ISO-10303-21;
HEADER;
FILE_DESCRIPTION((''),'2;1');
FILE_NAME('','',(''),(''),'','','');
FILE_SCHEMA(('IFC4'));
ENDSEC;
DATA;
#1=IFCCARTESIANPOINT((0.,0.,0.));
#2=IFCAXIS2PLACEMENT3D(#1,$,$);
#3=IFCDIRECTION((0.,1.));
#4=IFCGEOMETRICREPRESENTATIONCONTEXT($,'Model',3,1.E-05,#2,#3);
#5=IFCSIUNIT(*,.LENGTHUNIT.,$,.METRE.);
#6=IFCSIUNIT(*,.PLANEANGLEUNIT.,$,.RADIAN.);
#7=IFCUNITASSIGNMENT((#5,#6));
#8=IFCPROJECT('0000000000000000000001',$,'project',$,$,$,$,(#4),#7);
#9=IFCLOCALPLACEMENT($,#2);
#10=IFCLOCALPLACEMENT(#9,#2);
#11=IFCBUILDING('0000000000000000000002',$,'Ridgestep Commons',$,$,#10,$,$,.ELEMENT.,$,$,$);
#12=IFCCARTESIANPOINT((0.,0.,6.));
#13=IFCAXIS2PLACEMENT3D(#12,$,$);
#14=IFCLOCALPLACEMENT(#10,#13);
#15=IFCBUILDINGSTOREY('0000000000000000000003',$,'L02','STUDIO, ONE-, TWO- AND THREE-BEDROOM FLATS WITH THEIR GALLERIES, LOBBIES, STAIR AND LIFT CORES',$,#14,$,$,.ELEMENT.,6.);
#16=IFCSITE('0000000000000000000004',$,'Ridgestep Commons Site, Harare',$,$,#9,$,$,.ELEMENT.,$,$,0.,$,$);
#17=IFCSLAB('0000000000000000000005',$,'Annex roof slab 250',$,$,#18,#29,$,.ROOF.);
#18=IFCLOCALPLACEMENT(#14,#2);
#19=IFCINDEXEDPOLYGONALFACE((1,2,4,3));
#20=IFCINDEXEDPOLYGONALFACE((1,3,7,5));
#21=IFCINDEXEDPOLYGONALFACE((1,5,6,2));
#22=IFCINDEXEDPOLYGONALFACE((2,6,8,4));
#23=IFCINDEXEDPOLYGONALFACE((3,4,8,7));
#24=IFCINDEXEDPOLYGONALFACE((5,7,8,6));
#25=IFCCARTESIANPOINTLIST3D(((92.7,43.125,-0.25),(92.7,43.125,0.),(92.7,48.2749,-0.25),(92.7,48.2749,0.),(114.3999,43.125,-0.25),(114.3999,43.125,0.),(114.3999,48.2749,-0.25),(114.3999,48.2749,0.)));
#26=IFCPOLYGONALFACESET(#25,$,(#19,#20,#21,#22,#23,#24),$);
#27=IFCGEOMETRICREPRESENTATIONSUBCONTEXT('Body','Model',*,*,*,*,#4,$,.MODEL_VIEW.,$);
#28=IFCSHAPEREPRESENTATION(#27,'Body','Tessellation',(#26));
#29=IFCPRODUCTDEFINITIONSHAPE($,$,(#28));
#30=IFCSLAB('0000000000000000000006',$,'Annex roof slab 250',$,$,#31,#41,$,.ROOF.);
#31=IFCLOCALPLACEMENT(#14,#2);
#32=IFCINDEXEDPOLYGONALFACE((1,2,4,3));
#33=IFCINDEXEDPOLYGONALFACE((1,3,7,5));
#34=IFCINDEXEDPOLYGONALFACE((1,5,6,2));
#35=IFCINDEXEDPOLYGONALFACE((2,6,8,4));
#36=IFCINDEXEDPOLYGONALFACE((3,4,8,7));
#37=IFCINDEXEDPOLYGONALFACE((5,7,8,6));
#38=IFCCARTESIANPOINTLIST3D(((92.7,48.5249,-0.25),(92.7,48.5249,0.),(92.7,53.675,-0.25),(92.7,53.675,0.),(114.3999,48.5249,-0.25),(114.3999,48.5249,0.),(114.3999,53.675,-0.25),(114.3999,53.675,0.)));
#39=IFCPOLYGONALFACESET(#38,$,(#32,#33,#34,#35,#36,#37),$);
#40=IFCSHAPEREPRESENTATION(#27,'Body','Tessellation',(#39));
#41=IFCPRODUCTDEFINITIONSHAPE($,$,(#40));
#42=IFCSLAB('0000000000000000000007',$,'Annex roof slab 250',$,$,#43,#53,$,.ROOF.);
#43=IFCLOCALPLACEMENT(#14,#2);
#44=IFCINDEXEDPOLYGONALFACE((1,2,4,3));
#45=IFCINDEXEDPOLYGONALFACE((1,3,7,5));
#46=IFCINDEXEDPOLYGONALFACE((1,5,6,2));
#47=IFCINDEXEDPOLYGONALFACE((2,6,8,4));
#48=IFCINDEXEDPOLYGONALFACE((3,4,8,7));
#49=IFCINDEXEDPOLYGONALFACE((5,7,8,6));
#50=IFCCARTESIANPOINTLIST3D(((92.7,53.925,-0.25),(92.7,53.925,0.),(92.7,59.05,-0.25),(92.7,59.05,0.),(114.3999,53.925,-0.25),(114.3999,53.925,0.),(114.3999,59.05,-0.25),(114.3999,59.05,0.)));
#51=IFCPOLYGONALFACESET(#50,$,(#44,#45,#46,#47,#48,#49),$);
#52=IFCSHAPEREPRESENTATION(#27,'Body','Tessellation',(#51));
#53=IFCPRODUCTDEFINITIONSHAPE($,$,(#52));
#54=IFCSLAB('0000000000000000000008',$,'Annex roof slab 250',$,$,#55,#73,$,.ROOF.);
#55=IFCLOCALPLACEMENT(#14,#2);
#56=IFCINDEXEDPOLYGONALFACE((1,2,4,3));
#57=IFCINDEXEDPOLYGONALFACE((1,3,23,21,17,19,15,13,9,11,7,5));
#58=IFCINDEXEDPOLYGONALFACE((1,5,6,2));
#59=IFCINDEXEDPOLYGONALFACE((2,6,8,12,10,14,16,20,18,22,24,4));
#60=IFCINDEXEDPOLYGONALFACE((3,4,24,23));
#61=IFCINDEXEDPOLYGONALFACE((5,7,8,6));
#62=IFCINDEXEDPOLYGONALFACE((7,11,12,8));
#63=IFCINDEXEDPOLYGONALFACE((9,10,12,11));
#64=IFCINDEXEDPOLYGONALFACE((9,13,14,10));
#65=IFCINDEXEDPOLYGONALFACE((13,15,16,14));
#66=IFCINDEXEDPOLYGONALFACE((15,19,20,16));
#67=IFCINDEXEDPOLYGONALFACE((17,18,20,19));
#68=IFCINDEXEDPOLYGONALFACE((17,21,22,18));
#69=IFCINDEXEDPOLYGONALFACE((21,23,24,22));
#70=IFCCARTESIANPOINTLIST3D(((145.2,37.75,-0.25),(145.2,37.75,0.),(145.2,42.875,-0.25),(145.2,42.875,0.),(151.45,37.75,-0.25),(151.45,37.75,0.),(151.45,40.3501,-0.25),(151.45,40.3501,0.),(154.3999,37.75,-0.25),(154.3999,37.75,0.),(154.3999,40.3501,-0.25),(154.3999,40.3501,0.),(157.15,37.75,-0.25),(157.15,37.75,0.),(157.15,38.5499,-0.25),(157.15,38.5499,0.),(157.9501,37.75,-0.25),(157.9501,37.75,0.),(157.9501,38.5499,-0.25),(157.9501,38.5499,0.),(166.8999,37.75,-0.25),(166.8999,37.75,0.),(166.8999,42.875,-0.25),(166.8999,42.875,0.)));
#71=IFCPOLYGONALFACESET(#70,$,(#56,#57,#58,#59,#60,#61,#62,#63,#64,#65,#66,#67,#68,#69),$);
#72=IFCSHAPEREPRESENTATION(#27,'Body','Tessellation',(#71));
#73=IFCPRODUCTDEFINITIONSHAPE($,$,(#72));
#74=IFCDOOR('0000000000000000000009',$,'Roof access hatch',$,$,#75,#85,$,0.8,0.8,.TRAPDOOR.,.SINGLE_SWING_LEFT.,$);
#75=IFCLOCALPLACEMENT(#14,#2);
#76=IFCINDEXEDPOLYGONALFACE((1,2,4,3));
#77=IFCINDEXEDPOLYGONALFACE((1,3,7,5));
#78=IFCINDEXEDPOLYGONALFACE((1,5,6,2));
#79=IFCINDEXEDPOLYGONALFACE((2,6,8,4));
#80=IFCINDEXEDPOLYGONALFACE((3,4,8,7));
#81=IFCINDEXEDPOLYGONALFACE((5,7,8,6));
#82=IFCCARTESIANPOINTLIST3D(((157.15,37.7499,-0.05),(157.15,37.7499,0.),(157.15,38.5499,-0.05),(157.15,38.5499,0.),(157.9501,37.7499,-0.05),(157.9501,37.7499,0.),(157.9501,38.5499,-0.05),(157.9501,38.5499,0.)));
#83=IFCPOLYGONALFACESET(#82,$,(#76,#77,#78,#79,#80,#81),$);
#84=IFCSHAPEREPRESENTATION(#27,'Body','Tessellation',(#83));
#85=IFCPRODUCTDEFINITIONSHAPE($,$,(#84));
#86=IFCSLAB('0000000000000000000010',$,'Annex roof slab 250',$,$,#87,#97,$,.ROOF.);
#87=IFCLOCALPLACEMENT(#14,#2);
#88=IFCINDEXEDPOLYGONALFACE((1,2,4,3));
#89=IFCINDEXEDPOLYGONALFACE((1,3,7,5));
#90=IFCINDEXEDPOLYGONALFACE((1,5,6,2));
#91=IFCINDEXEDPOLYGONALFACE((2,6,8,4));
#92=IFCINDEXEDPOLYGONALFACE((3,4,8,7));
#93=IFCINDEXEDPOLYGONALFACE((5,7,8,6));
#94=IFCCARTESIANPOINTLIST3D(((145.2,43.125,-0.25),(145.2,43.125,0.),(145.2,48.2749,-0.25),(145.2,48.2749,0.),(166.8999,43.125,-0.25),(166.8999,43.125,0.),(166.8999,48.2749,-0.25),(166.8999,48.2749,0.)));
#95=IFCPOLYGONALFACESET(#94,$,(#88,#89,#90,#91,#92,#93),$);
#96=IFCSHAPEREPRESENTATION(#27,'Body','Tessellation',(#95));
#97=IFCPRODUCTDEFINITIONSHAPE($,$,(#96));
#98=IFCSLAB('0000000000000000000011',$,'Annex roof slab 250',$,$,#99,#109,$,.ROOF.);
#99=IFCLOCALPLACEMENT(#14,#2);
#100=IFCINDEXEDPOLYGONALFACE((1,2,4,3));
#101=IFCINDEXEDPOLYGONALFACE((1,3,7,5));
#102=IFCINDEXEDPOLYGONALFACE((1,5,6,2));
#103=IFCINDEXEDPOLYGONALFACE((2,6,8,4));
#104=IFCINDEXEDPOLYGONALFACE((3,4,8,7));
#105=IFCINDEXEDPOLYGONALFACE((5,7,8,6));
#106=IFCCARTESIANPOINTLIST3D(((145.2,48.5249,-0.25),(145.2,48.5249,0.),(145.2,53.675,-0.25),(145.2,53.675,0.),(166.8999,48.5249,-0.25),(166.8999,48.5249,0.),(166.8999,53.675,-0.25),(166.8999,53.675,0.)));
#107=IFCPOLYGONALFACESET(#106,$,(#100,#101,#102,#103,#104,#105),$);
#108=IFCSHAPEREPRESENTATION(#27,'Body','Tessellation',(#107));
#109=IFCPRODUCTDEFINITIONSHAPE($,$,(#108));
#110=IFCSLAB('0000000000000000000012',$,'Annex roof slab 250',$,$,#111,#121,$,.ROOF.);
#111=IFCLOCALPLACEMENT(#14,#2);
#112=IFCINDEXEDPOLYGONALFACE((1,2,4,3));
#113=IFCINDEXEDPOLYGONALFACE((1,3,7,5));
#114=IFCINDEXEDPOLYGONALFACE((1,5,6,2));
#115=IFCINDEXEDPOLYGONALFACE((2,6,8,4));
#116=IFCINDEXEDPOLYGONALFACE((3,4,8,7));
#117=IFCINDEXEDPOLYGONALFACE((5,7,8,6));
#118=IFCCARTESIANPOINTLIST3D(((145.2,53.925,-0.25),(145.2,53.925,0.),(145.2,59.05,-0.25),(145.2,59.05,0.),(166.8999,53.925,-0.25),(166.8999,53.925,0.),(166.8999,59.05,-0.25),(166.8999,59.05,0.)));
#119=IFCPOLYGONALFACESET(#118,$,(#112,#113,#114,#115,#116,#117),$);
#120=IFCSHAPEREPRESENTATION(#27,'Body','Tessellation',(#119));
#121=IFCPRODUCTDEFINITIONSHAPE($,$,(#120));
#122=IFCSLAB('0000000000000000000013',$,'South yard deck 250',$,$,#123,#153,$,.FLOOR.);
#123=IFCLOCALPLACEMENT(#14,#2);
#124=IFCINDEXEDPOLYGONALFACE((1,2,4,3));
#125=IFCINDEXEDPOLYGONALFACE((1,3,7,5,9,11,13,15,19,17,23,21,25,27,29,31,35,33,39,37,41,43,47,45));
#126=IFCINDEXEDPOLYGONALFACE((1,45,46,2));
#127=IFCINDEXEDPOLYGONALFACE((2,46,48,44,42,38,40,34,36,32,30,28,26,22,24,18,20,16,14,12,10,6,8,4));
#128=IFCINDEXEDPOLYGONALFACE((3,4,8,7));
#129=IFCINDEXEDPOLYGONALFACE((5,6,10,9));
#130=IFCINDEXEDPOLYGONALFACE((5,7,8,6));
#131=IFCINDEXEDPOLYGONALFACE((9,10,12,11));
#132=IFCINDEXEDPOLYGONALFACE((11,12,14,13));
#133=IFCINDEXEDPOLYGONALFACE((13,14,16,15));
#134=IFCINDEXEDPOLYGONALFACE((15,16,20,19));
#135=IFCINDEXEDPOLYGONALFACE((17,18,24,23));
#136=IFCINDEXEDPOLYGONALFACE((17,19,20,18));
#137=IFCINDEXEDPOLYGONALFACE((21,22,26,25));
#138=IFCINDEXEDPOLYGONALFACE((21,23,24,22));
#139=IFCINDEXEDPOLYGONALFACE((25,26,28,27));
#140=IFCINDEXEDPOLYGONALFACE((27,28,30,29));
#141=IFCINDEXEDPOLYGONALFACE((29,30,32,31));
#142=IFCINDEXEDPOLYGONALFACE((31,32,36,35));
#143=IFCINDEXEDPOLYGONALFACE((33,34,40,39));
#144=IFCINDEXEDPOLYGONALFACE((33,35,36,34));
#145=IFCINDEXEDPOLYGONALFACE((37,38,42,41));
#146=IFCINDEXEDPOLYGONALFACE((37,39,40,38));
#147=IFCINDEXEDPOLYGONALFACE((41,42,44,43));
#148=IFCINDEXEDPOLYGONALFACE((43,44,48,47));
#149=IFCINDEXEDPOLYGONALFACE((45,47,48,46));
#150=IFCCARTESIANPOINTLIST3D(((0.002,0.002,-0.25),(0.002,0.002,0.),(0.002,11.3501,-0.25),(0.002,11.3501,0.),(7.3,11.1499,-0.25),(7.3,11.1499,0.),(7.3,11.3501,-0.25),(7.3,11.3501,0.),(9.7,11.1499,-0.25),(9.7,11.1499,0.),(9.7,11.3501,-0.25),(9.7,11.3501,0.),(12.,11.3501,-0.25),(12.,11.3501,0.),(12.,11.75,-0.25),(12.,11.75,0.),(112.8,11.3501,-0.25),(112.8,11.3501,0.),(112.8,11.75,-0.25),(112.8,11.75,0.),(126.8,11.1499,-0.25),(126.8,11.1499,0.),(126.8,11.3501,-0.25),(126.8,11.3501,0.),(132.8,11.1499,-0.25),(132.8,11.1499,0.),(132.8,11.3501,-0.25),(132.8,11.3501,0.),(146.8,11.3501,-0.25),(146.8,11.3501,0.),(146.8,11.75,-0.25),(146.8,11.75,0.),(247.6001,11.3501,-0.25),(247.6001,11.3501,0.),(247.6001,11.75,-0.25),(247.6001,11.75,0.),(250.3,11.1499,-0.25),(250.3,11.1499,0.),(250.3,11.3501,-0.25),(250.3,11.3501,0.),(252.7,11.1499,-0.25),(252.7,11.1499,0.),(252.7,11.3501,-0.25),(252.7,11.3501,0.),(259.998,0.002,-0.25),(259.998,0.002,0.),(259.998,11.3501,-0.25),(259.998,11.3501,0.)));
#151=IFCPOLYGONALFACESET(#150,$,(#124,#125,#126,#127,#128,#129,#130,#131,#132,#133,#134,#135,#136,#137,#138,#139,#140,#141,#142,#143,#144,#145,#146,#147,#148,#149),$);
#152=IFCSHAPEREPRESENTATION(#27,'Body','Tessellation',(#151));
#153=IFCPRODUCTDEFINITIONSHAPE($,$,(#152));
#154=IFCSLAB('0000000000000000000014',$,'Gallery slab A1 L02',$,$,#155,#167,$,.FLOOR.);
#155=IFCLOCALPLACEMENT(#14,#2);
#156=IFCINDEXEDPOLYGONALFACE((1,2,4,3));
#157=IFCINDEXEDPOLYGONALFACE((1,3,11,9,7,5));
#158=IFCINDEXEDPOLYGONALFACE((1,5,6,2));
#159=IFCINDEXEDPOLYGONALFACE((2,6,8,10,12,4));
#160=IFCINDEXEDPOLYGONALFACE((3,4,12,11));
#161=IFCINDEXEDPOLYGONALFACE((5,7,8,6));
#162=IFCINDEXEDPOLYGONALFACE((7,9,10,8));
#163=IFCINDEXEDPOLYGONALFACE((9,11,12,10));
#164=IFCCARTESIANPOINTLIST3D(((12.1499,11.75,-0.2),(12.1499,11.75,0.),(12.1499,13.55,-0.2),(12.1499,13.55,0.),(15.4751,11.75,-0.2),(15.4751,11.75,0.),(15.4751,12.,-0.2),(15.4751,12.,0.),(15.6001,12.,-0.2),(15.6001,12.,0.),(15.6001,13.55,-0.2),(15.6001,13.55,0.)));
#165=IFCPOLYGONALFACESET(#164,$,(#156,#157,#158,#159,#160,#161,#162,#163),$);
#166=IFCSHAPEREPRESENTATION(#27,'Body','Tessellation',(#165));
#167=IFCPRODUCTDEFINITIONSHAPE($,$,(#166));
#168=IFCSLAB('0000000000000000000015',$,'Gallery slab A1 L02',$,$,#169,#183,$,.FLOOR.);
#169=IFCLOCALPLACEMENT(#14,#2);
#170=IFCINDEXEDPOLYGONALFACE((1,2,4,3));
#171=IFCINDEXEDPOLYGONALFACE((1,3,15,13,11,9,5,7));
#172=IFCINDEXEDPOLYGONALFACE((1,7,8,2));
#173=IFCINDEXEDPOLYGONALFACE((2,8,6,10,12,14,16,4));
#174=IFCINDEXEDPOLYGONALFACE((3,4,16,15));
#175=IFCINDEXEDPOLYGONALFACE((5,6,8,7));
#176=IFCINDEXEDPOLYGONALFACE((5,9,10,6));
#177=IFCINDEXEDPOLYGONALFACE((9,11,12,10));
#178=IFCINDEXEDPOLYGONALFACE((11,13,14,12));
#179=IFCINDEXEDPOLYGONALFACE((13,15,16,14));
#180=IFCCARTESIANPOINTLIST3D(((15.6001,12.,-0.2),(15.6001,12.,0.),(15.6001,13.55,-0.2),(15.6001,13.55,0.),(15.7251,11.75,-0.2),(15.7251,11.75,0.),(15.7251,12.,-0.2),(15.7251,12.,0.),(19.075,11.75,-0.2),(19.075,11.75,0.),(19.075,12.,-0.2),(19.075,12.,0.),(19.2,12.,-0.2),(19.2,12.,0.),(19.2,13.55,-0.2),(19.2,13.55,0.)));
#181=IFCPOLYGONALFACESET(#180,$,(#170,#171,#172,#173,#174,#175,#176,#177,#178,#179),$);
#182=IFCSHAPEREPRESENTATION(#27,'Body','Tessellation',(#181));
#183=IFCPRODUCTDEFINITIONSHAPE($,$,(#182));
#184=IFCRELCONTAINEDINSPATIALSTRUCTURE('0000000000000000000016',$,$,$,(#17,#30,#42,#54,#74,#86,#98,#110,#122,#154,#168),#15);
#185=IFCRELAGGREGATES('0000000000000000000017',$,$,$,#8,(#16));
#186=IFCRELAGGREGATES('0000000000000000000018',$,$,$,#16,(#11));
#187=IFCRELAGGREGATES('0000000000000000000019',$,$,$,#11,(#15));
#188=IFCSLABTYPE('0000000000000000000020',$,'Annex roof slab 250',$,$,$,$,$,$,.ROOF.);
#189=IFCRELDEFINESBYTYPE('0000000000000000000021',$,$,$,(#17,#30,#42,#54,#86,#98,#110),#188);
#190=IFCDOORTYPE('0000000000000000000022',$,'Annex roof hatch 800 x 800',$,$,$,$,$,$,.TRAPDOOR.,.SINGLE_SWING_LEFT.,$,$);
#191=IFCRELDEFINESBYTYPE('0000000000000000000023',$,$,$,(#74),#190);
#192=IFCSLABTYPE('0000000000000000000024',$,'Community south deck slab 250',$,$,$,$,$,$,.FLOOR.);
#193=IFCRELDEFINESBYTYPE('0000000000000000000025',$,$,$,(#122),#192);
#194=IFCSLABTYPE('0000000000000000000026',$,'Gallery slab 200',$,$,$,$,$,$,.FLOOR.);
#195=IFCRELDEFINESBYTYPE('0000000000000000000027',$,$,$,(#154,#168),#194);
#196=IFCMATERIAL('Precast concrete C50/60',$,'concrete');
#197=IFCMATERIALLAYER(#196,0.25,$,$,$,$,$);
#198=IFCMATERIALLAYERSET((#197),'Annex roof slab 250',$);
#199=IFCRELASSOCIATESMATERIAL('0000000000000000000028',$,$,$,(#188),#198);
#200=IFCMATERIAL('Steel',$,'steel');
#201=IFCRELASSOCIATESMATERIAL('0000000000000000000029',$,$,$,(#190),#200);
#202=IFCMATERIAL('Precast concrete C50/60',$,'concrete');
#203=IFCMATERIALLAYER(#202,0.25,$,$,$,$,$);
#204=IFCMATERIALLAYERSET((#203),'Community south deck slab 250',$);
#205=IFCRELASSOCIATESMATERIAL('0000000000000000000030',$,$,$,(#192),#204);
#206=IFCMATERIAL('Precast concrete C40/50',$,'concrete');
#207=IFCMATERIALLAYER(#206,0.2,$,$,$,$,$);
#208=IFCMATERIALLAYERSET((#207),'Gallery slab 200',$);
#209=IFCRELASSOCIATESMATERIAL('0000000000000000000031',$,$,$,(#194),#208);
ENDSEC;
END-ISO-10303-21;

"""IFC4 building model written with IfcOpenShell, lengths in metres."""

from ifc_helpers import new_model, si_unit, direction, frame, origin, origin_2d, place, context, subcontext, project, spatial, polyline, rectangle, outline, extrude, material, layer, layer_set, type_object, element, fill, save


model = new_model("IFC4")

# Units and contexts
model_context = context("Model", 3, precision=1e-05, world=origin(), true_north=direction((0.0, 1.0)))
body_context = subcontext(model_context, "Body", "Model", "MODEL_VIEW")
ifc_project = project(units=[si_unit("LENGTHUNIT", "METRE"), si_unit("PLANEANGLEUNIT", "RADIAN")], contexts=[model_context])

# Site, building, storey
site_placement = place(None, origin())
site = spatial("IfcSite", under=ifc_project, at=site_placement, Name="Ridgestep Commons Site, Harare", CompositionType="ELEMENT", RefElevation=0.0)
building_placement = place(site_placement, origin())
building = spatial("IfcBuilding", under=site, at=building_placement, Name="Ridgestep Commons", CompositionType="ELEMENT")
storey_placement = place(building_placement, frame((0.0, 0.0, 6.0)))
storey = spatial("IfcBuildingStorey", under=building, at=storey_placement, Name="L02", Description="STUDIO, ONE-, TWO- AND THREE-BEDROOM FLATS WITH THEIR GALLERIES, LOBBIES, STAIR AND LIFT CORES", CompositionType="ELEMENT", Elevation=6.0)

# Slabs
ifc_material_1 = material(Name="Precast concrete C50/60", Category="concrete")
ifc_layer_1 = layer(ifc_material_1, 0.25)
ifc_layer_set_1 = layer_set([ifc_layer_1], Name="Annex roof slab 250")
slab_type_1 = type_object("IfcSlabType", Name="Annex roof slab 250", PredefinedType="ROOF", material=ifc_layer_set_1)
slab_1_placement = place(storey_placement, frame((0.0, 0.0, -0.25)))
element("IfcSlab", 1, at=slab_1_placement, inside=storey, type_object=slab_type_1, Name="Annex roof slab 250", PredefinedType="ROOF", context=body_context, shape_type="SweptSolid", body=[
    extrude(outline(polyline([(92.7, 43.125), (114.3999, 43.125), (114.3999, 48.2749), (92.7, 48.2749), (92.7, 43.125)])), origin(), (0.0, 0.0, 1.0), 0.25),
])
slab_2_placement = place(storey_placement, frame((0.0, 0.0, -0.25)))
element("IfcSlab", 2, at=slab_2_placement, inside=storey, type_object=slab_type_1, Name="Annex roof slab 250", PredefinedType="ROOF", context=body_context, shape_type="SweptSolid", body=[
    extrude(outline(polyline([(92.7, 48.5249), (114.3999, 48.5249), (114.3999, 53.675), (92.7, 53.675), (92.7, 48.5249)])), origin(), (0.0, 0.0, 1.0), 0.25),
])
slab_3_placement = place(storey_placement, frame((0.0, 0.0, -0.25)))
element("IfcSlab", 3, at=slab_3_placement, inside=storey, type_object=slab_type_1, Name="Annex roof slab 250", PredefinedType="ROOF", context=body_context, shape_type="SweptSolid", body=[
    extrude(outline(polyline([(92.7, 53.925), (114.3999, 53.925), (114.3999, 59.05), (92.7, 59.05), (92.7, 53.925)])), origin(), (0.0, 0.0, 1.0), 0.25),
])

# Slab, opening, door
slab_4_placement = place(storey_placement, frame((0.0, 0.0, -0.25)))
slab_4 = element("IfcSlab", 4, at=slab_4_placement, inside=storey, type_object=slab_type_1, Name="Annex roof slab 250", PredefinedType="ROOF", context=body_context, shape_type="SweptSolid", body=[
    extrude(outline(polyline([(145.2, 37.75), (145.2, 42.875), (166.8999, 42.875), (166.8999, 37.75), (154.3999, 37.75), (154.3999, 40.3501), (151.45, 40.3501), (151.45, 37.75), (145.2, 37.75)])), origin(), (0.0, 0.0, 1.0), 0.25),
])
opening_placement = place(slab_4_placement, frame((157.55, 38.1499, 0.0)))
opening = element("IfcOpeningElement", 5, at=opening_placement, cuts=slab_4, PredefinedType="OPENING", context=body_context, shape_type="SweptSolid", body=[
    extrude(rectangle(XDim=0.8, YDim=0.8, at=origin_2d()), origin(), (0.0, 0.0, 1.0), 0.25),
])
ifc_material_2 = material(Name="Steel", Category="steel")
door_type = type_object("IfcDoorType", Name="Annex roof hatch 800 x 800", OperationType="SINGLE_SWING_LEFT", PredefinedType="TRAPDOOR", material=ifc_material_2)
door_placement = place(opening_placement, frame((0.0, 0.0, 0.2)))
door = element("IfcDoor", 6, at=door_placement, inside=storey, type_object=door_type, Name="Roof access hatch", OperationType="SINGLE_SWING_LEFT", OverallHeight=0.8, OverallWidth=0.8, PredefinedType="TRAPDOOR", context=body_context, shape_type="SweptSolid", body=[
    extrude(rectangle(XDim=0.8, YDim=0.8, at=origin_2d()), origin(), (0.0, 0.0, 1.0), 0.05),
])
fill(opening, door)

# Slabs
slab_5_placement = place(storey_placement, frame((0.0, 0.0, -0.25)))
element("IfcSlab", 7, at=slab_5_placement, inside=storey, type_object=slab_type_1, Name="Annex roof slab 250", PredefinedType="ROOF", context=body_context, shape_type="SweptSolid", body=[
    extrude(outline(polyline([(145.2, 43.125), (166.8999, 43.125), (166.8999, 48.2749), (145.2, 48.2749), (145.2, 43.125)])), origin(), (0.0, 0.0, 1.0), 0.25),
])
slab_6_placement = place(storey_placement, frame((0.0, 0.0, -0.25)))
element("IfcSlab", 8, at=slab_6_placement, inside=storey, type_object=slab_type_1, Name="Annex roof slab 250", PredefinedType="ROOF", context=body_context, shape_type="SweptSolid", body=[
    extrude(outline(polyline([(145.2, 48.5249), (166.8999, 48.5249), (166.8999, 53.675), (145.2, 53.675), (145.2, 48.5249)])), origin(), (0.0, 0.0, 1.0), 0.25),
])
slab_7_placement = place(storey_placement, frame((0.0, 0.0, -0.25)))
element("IfcSlab", 9, at=slab_7_placement, inside=storey, type_object=slab_type_1, Name="Annex roof slab 250", PredefinedType="ROOF", context=body_context, shape_type="SweptSolid", body=[
    extrude(outline(polyline([(145.2, 53.925), (166.8999, 53.925), (166.8999, 59.05), (145.2, 59.05), (145.2, 53.925)])), origin(), (0.0, 0.0, 1.0), 0.25),
])
ifc_material_3 = material(Name="Precast concrete C50/60", Category="concrete")
ifc_layer_2 = layer(ifc_material_3, 0.25)
ifc_layer_set_2 = layer_set([ifc_layer_2], Name="Community south deck slab 250")
slab_type_2 = type_object("IfcSlabType", Name="Community south deck slab 250", PredefinedType="FLOOR", material=ifc_layer_set_2)
slab_8_placement = place(storey_placement, frame((0.0, 0.0, -0.25)))
element("IfcSlab", 10, at=slab_8_placement, inside=storey, type_object=slab_type_2, Name="South yard deck 250", PredefinedType="FLOOR", context=body_context, shape_type="SweptSolid", body=[
    extrude(outline(polyline([(0.002, 11.3501), (7.3, 11.3501), (7.3, 11.1499), (9.7, 11.1499), (9.7, 11.3501), (12.0, 11.3501), (12.0, 11.75), (112.8, 11.75), (112.8, 11.3501), (126.8, 11.3501), (126.8, 11.1499), (132.8, 11.1499), (132.8, 11.3501), (146.8, 11.3501), (146.8, 11.75), (247.6001, 11.75), (247.6001, 11.3501), (250.3, 11.3501), (250.3, 11.1499), (252.7, 11.1499), (252.7, 11.3501), (259.998, 11.3501), (259.998, 0.002), (0.002, 0.002), (0.002, 11.3501)])), origin(), (0.0, 0.0, 1.0), 0.25),
])
ifc_material_4 = material(Name="Precast concrete C40/50", Category="concrete")
ifc_layer_3 = layer(ifc_material_4, 0.2)
ifc_layer_set_3 = layer_set([ifc_layer_3], Name="Gallery slab 200")
slab_type_3 = type_object("IfcSlabType", Name="Gallery slab 200", PredefinedType="FLOOR", material=ifc_layer_set_3)
slab_9_placement = place(storey_placement, frame((0.0, 0.0, -0.2)))
element("IfcSlab", 11, at=slab_9_placement, inside=storey, type_object=slab_type_3, Name="Gallery slab A1 L02", PredefinedType="FLOOR", context=body_context, shape_type="SweptSolid", body=[
    extrude(outline(polyline([(12.1499, 11.75), (15.4751, 11.75), (15.4751, 12.0), (15.6001, 12.0), (15.6001, 13.55), (12.1499, 13.55), (12.1499, 11.75)])), origin(), (0.0, 0.0, 1.0), 0.2),
])
slab_10_placement = place(storey_placement, frame((0.0, 0.0, -0.2)))
element("IfcSlab", 12, at=slab_10_placement, inside=storey, type_object=slab_type_3, Name="Gallery slab A1 L02", PredefinedType="FLOOR", context=body_context, shape_type="SweptSolid", body=[
    extrude(outline(polyline([(19.2, 13.55), (15.6001, 13.55), (15.6001, 12.0), (15.7251, 12.0), (15.7251, 11.75), (19.075, 11.75), (19.075, 12.0), (19.2, 12.0), (19.2, 13.55)])), origin(), (0.0, 0.0, 1.0), 0.2),
])

save(model, "model.ifc")
